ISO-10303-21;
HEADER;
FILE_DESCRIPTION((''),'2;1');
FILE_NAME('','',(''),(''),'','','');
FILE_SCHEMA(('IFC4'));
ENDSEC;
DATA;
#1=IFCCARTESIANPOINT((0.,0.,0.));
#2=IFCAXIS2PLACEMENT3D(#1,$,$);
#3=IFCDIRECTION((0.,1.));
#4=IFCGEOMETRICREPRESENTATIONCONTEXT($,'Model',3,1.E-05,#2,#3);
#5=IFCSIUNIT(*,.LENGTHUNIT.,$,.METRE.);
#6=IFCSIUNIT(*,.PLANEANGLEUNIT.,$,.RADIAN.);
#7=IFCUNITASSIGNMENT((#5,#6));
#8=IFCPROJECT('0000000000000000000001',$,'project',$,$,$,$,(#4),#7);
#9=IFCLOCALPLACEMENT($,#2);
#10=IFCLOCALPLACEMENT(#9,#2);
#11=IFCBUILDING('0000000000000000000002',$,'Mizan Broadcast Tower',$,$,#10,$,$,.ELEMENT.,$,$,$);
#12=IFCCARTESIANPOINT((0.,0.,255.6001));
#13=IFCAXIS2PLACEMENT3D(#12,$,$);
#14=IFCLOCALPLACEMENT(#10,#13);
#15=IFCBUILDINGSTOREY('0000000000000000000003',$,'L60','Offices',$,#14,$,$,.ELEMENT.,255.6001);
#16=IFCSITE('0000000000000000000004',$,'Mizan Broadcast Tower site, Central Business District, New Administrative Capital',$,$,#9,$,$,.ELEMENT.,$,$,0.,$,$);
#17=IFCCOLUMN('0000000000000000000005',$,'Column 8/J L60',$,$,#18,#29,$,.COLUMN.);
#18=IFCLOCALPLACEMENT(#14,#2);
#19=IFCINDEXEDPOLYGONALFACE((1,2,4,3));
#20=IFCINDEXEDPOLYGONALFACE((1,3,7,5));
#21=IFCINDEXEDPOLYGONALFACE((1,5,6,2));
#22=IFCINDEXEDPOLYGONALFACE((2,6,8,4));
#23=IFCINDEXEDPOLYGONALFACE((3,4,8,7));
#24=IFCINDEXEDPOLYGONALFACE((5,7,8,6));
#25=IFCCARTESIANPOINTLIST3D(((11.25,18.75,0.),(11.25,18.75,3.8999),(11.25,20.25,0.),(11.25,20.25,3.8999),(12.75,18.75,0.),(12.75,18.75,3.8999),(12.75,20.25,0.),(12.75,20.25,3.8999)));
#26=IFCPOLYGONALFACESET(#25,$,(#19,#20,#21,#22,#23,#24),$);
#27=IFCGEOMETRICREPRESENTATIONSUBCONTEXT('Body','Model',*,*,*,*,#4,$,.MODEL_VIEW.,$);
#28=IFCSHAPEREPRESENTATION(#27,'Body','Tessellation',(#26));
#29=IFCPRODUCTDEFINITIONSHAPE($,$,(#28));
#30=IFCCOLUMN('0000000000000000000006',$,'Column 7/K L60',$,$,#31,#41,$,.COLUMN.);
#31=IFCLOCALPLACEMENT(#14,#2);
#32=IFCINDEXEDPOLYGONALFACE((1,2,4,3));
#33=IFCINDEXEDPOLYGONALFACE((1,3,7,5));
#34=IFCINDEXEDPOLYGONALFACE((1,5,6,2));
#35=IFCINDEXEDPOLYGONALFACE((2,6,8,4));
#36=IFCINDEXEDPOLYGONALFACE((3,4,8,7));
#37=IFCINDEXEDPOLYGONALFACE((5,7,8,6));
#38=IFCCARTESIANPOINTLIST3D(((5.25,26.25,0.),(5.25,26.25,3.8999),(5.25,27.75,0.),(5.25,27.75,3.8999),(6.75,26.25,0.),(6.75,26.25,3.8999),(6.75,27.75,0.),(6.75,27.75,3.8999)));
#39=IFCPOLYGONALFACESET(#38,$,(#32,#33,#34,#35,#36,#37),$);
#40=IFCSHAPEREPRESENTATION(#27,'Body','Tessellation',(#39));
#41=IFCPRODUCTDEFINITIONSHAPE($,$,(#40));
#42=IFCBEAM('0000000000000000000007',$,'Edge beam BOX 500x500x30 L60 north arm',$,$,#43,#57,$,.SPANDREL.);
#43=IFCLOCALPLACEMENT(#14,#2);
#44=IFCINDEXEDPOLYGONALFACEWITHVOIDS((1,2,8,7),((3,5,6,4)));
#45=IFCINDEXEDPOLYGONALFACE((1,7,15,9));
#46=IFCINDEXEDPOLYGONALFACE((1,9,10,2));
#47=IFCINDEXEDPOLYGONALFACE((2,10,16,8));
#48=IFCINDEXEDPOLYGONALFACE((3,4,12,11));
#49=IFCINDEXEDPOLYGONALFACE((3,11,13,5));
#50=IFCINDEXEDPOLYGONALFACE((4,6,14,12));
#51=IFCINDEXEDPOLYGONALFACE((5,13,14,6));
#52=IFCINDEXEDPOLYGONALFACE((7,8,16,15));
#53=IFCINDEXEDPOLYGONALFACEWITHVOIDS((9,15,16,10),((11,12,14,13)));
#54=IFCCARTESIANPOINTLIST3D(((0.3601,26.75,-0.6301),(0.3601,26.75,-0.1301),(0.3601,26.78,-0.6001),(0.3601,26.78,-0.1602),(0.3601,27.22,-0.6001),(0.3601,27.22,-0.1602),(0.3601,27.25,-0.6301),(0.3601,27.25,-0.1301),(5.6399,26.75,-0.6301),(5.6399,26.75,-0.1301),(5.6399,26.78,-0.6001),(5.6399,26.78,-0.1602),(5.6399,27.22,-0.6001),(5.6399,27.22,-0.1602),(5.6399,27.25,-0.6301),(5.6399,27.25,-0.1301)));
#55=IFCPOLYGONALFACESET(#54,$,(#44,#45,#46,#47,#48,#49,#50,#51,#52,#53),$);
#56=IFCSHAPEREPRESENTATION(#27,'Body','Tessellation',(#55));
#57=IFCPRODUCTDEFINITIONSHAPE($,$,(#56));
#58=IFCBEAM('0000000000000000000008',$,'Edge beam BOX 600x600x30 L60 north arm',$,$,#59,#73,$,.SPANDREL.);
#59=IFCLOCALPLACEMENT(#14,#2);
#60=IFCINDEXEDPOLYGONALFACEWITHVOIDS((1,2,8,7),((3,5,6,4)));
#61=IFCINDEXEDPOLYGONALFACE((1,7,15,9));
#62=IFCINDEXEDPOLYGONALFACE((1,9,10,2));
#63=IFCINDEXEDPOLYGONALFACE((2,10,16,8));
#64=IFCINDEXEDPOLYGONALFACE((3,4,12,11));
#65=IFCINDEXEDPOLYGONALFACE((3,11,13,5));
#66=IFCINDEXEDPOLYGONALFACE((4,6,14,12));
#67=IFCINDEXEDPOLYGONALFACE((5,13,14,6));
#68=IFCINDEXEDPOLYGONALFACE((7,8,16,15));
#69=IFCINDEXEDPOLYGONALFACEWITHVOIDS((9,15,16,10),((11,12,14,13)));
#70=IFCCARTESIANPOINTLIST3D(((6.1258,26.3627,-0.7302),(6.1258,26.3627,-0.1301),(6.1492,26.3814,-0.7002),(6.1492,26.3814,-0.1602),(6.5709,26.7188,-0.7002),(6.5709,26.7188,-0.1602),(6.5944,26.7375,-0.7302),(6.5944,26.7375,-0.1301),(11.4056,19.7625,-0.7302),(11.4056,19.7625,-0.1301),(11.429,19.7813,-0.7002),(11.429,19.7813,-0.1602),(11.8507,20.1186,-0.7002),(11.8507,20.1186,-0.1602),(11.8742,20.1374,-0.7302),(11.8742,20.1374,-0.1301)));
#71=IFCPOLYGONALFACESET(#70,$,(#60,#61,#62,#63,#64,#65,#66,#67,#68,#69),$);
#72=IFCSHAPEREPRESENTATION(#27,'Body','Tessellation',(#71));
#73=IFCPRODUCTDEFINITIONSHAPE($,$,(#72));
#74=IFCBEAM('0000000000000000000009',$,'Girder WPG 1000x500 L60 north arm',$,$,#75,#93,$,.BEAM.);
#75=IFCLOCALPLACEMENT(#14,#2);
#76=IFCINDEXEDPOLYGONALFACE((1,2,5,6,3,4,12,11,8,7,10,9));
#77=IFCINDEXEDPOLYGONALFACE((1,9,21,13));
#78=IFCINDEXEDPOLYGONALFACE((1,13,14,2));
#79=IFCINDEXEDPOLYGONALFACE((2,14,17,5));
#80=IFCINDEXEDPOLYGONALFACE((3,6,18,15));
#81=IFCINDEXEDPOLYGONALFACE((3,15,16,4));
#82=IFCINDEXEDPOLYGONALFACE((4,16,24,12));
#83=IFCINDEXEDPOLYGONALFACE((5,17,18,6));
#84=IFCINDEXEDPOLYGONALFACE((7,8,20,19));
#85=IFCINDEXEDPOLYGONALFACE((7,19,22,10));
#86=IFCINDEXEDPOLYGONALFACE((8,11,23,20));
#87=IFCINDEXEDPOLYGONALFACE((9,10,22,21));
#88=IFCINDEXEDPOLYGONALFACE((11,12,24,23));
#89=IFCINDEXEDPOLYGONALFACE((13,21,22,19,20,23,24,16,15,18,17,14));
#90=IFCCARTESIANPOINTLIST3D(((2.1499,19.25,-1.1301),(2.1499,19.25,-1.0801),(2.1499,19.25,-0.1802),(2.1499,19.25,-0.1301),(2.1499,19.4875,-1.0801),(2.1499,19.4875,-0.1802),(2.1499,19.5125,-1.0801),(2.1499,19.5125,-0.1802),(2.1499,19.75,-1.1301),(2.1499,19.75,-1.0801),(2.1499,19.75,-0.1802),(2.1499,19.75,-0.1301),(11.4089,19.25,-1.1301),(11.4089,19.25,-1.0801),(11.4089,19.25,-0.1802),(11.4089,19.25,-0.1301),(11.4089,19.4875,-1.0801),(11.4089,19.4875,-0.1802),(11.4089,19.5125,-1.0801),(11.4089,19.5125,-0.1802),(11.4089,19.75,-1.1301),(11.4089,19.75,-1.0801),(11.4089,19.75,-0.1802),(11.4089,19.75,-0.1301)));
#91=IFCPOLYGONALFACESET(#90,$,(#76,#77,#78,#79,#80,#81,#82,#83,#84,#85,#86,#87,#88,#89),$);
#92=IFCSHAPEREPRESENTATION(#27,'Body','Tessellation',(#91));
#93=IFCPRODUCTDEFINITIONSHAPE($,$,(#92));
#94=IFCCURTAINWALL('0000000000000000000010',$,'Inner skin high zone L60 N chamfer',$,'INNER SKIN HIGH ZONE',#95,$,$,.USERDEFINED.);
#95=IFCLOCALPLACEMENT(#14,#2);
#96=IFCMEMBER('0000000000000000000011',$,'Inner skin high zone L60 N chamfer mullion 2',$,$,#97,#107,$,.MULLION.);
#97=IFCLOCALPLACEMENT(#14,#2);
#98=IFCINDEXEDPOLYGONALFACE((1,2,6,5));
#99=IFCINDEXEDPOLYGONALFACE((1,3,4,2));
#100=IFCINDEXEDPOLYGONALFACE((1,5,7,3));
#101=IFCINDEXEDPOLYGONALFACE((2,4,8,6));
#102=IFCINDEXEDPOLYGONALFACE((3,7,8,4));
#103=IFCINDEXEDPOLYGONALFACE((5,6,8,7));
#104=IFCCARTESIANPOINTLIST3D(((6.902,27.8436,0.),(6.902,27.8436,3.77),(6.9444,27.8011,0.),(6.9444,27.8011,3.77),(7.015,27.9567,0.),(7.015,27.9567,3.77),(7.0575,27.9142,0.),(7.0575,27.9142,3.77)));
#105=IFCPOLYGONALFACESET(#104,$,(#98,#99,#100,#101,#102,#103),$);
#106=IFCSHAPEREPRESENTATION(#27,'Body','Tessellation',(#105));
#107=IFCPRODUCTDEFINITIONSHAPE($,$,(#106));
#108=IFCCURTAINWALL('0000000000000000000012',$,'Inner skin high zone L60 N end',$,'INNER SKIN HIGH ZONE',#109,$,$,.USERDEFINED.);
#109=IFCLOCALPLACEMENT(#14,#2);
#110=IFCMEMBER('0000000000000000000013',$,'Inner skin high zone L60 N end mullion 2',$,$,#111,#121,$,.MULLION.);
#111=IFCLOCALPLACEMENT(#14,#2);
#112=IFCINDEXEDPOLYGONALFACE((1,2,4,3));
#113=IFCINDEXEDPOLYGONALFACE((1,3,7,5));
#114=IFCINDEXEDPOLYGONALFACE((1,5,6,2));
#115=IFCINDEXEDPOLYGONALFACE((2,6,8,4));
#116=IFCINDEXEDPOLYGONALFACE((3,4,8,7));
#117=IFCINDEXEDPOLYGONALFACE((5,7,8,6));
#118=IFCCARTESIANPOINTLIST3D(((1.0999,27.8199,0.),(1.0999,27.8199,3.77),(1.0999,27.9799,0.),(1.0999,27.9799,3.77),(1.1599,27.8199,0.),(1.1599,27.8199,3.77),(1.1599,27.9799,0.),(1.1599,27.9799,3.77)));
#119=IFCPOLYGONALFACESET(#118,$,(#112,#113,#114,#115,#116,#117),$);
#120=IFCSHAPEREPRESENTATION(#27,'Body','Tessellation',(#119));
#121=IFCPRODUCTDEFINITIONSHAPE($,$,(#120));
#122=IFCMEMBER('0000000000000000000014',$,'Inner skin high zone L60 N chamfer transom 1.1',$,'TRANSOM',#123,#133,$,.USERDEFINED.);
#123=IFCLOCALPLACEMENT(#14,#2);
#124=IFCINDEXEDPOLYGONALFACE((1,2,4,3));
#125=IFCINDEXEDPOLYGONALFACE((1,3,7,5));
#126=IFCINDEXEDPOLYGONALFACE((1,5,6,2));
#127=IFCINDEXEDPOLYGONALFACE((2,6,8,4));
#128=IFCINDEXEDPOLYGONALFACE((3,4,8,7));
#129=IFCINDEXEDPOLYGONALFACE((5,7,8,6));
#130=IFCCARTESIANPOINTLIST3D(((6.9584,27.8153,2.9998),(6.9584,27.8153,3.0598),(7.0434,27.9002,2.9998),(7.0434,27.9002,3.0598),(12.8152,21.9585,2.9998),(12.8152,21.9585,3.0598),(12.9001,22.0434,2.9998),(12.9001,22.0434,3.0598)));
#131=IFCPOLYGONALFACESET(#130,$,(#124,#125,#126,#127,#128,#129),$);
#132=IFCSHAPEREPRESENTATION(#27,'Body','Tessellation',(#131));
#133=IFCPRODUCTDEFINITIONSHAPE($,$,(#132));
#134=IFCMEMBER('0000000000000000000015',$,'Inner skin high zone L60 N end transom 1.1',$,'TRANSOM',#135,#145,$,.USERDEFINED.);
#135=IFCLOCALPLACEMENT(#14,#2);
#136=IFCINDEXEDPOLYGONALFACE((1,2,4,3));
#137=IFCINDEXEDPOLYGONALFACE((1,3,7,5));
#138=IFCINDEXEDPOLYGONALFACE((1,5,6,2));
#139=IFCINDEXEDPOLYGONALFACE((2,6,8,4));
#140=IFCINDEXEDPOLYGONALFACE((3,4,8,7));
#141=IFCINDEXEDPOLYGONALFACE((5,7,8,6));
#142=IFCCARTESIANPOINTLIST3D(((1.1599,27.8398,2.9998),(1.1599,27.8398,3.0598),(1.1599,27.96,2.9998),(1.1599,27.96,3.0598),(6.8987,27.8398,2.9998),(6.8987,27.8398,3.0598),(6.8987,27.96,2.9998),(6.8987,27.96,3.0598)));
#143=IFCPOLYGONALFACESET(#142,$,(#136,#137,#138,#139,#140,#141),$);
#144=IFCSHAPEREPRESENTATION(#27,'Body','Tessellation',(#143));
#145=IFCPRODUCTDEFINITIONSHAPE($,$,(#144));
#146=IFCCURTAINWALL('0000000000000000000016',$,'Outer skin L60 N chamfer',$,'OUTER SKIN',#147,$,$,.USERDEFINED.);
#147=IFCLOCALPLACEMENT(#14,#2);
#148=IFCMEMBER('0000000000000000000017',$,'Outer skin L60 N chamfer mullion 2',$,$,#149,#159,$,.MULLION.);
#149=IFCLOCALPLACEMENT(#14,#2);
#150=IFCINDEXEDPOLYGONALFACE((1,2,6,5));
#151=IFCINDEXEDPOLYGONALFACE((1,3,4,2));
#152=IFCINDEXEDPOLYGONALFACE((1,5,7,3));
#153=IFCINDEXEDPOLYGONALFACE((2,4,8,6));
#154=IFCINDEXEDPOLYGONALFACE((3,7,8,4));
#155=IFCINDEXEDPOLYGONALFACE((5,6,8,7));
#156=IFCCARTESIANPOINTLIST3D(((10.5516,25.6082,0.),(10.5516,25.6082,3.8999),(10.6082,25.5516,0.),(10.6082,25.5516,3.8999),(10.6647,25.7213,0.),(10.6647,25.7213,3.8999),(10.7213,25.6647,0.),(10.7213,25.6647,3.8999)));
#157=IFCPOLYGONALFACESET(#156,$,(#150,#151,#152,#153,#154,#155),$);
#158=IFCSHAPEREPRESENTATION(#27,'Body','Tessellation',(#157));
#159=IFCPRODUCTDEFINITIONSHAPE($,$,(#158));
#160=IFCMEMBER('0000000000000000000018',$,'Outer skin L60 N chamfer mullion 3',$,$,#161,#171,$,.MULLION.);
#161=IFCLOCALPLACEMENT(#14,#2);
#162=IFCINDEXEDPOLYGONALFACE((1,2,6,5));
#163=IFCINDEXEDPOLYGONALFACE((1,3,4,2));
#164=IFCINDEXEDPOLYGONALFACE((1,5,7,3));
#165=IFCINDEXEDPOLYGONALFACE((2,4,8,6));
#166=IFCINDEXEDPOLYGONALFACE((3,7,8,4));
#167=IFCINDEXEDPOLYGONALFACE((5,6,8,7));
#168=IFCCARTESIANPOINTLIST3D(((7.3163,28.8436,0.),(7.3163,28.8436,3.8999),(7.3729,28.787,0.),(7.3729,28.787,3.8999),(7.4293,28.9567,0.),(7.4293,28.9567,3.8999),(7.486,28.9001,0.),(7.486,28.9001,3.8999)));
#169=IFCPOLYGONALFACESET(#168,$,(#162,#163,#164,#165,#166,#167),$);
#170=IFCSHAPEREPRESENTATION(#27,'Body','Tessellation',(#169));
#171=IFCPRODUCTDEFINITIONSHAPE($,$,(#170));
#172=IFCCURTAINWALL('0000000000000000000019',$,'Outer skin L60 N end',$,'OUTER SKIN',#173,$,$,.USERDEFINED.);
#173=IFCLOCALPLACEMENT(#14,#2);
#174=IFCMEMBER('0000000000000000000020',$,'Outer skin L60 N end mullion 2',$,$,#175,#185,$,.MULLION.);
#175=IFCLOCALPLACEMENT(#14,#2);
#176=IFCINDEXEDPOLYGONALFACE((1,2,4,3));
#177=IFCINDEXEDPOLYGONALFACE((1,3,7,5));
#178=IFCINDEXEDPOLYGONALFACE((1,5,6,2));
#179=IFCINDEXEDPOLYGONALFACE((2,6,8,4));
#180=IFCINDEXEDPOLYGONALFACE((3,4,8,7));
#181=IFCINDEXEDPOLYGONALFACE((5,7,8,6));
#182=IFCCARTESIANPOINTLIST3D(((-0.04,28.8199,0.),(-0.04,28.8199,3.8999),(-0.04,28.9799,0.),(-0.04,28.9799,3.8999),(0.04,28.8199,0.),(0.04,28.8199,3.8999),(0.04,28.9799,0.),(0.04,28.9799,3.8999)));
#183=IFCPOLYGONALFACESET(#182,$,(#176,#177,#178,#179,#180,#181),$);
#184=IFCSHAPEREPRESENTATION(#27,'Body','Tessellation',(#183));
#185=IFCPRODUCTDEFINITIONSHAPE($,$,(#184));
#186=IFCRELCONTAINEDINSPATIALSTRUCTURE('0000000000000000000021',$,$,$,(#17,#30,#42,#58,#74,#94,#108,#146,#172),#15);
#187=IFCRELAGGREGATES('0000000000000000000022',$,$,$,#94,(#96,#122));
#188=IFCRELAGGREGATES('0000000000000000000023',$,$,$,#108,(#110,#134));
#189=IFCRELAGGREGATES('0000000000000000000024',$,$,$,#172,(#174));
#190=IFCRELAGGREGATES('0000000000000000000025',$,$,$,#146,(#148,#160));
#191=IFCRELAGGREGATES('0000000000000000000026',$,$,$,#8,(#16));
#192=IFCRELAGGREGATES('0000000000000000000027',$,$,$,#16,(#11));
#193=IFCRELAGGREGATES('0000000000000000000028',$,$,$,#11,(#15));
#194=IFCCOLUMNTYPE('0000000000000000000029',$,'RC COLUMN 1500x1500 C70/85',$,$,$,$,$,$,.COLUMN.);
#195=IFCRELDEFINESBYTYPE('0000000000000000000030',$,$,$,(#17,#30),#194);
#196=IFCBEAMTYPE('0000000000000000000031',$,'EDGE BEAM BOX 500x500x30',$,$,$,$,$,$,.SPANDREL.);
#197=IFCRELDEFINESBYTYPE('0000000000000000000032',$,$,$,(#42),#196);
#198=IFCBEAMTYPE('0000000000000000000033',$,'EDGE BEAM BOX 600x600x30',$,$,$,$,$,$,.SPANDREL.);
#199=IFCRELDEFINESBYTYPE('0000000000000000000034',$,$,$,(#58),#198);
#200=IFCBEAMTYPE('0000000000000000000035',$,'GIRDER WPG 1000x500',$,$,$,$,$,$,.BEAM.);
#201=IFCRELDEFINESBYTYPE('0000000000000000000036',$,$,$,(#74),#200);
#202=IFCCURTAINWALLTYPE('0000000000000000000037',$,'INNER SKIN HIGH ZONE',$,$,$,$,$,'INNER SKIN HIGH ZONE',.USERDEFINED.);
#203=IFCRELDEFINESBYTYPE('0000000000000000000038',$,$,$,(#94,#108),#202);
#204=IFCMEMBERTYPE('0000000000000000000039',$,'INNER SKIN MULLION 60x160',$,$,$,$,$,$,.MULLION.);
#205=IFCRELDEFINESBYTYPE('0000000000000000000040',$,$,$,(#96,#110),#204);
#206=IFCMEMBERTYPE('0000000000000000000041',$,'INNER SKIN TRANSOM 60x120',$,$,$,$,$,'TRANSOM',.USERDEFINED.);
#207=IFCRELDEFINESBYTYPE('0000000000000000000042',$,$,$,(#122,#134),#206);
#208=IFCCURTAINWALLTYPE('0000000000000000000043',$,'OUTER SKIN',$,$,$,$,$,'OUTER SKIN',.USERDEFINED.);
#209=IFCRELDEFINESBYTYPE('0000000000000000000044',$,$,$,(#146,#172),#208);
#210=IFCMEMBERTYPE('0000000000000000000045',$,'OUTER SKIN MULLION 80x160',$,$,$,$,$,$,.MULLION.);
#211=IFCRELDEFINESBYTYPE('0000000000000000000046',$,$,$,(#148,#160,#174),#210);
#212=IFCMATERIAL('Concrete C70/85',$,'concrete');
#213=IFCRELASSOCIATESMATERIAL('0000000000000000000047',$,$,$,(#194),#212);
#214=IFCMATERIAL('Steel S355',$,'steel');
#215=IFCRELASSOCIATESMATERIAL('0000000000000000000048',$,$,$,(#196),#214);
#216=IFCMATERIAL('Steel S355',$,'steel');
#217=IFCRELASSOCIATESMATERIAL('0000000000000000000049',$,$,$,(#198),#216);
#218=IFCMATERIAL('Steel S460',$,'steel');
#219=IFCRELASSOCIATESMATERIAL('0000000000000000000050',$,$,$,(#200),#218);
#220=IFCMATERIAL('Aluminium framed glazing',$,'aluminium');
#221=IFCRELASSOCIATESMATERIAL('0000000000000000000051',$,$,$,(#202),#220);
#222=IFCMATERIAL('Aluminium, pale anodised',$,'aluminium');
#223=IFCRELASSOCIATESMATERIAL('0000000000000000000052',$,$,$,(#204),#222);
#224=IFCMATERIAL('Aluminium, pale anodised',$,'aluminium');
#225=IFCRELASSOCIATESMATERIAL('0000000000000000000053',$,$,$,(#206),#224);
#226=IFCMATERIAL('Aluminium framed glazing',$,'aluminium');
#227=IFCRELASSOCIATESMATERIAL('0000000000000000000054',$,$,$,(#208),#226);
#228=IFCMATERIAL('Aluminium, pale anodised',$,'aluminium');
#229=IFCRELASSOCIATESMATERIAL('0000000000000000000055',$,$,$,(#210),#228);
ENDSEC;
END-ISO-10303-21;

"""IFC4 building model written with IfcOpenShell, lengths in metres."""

from ifc_helpers import new_model, si_unit, direction, frame, origin, origin_2d, place, context, subcontext, project, spatial, rectangle, hollow_rectangle, i_section, extrude, material, material_profile, profile_set, type_object, element, aggregate, save


model = new_model("IFC4")

# Units and contexts
model_context = context("Model", 3, precision=1e-05, world=origin(), true_north=direction((0.0, 1.0)))
body_context = subcontext(model_context, "Body", "Model", "MODEL_VIEW")
ifc_project = project(units=[si_unit("LENGTHUNIT", "METRE"), si_unit("PLANEANGLEUNIT", "RADIAN")], contexts=[model_context])

# Site, building, storey
site_placement = place(None, origin())
site = spatial("IfcSite", under=ifc_project, at=site_placement, Name="Mizan Broadcast Tower site, Central Business District, New Administrative Capital", CompositionType="ELEMENT", RefElevation=0.0)
building_placement = place(site_placement, origin())
building = spatial("IfcBuilding", under=site, at=building_placement, Name="Mizan Broadcast Tower", CompositionType="ELEMENT")
storey_placement = place(building_placement, frame((0.0, 0.0, 255.6001)))
storey = spatial("IfcBuildingStorey", under=building, at=storey_placement, Name="L60", Description="Offices", CompositionType="ELEMENT", Elevation=255.6001)

# Columns
ifc_material_1 = material(Name="Concrete C70/85", Category="concrete")
ifc_material_profile_1 = material_profile(ifc_material_1, rectangle(XDim=1.5, YDim=1.5, at=origin_2d()), Name="RC 1500x1500")
ifc_profile_set_1 = profile_set([ifc_material_profile_1], Name="Concrete C70/85")
column_type = type_object("IfcColumnType", Name="RC COLUMN 1500x1500 C70/85", PredefinedType="COLUMN", material=ifc_profile_set_1)
for number, where, z_axis, x_axis, name in (
    (1, (12.0, 19.5, 0.0), (0.0, 0.0, 1.0), (1.0, 0.0, 0.0), "Column 8/J L60"),
    (2, (6.0, 27.0, 0.0), (0.0, 0.0, 1.0), (1.0, 0.0, 0.0), "Column 7/K L60"),
):
    element("IfcColumn", number, at=place(storey_placement, frame(where, z_axis=z_axis, x_axis=x_axis)), inside=storey, type_object=column_type, Name=name, PredefinedType="COLUMN", context=body_context, shape_type="SweptSolid", body=[
        extrude(rectangle(XDim=1.5, YDim=1.5, at=origin_2d()), origin(), (0.0, 0.0, 1.0), 3.8999),
    ])

# Beams
ifc_material_2 = material(Name="Steel S355", Category="steel")
ifc_material_profile_2 = material_profile(ifc_material_2, hollow_rectangle(XDim=0.5, YDim=0.5, WallThickness=0.03, at=origin_2d()), Name="BOX 500x500x30")
ifc_profile_set_2 = profile_set([ifc_material_profile_2], Name="Steel S355")
beam_type_1 = type_object("IfcBeamType", Name="EDGE BEAM BOX 500x500x30", PredefinedType="SPANDREL", material=ifc_profile_set_2)
beam_1_placement = place(storey_placement, frame((5.6399, 27.0, -0.3801), z_axis=(-1.0, 0.0, 0.0), x_axis=(0.0, -1.0, 0.0)))
element("IfcBeam", 3, at=beam_1_placement, inside=storey, type_object=beam_type_1, Name="Edge beam BOX 500x500x30 L60 north arm", PredefinedType="SPANDREL", context=body_context, shape_type="SweptSolid", body=[
    extrude(hollow_rectangle(XDim=0.5, YDim=0.5, WallThickness=0.03, at=origin_2d()), origin(), (0.0, 0.0, 1.0), 5.2798),
])
ifc_material_3 = material(Name="Steel S355", Category="steel")
ifc_material_profile_3 = material_profile(ifc_material_3, hollow_rectangle(XDim=0.6001, YDim=0.6001, WallThickness=0.03, at=origin_2d()), Name="BOX 600x600x30")
ifc_profile_set_3 = profile_set([ifc_material_profile_3], Name="Steel S355")
beam_type_2 = type_object("IfcBeamType", Name="EDGE BEAM BOX 600x600x30", PredefinedType="SPANDREL", material=ifc_profile_set_3)
beam_2_placement = place(storey_placement, frame((11.6399, 19.95, -0.4302), z_axis=(-0.624674, 0.780886, 0.0), x_axis=(-0.780886, -0.624674, 0.0)))
element("IfcBeam", 4, at=beam_2_placement, inside=storey, type_object=beam_type_2, Name="Edge beam BOX 600x600x30 L60 north arm", PredefinedType="SPANDREL", context=body_context, shape_type="SweptSolid", body=[
    extrude(hollow_rectangle(XDim=0.6001, YDim=0.6001, WallThickness=0.03, at=origin_2d()), origin(), (0.0, 0.0, 1.0), 8.4521),
])
ifc_material_4 = material(Name="Steel S460", Category="steel")
ifc_material_profile_4 = material_profile(ifc_material_4, i_section(OverallWidth=0.5, OverallDepth=1.0, WebThickness=0.0249, FlangeThickness=0.05, at=origin_2d()), Name="WPG 1000x500")
ifc_profile_set_4 = profile_set([ifc_material_profile_4], Name="Steel S460")
beam_type_3 = type_object("IfcBeamType", Name="GIRDER WPG 1000x500", PredefinedType="BEAM", material=ifc_profile_set_4)
beam_3_placement = place(storey_placement, frame((11.4089, 19.5, -0.6301), z_axis=(-1.0, 0.0, 0.0), x_axis=(0.0, -1.0, 0.0)))
element("IfcBeam", 5, at=beam_3_placement, inside=storey, type_object=beam_type_3, Name="Girder WPG 1000x500 L60 north arm", PredefinedType="BEAM", context=body_context, shape_type="SweptSolid", body=[
    extrude(i_section(OverallWidth=0.5, OverallDepth=1.0, WebThickness=0.0249, FlangeThickness=0.05, at=origin_2d()), origin(), (0.0, 0.0, 1.0), 9.259),
])

# Curtain walls, members
ifc_material_5 = material(Name="Aluminium framed glazing", Category="aluminium")
curtain_wall_type_1 = type_object("IfcCurtainWallType", Name="INNER SKIN HIGH ZONE", ElementType="INNER SKIN HIGH ZONE", PredefinedType="USERDEFINED", material=ifc_material_5)
curtain_wall_1_placement = place(storey_placement, origin())
curtain_wall_1 = element("IfcCurtainWall", 6, at=curtain_wall_1_placement, inside=storey, type_object=curtain_wall_type_1, Name="Inner skin high zone L60 N chamfer", ObjectType="INNER SKIN HIGH ZONE", PredefinedType="USERDEFINED")
ifc_material_6 = material(Name="Aluminium, pale anodised", Category="aluminium")
ifc_material_profile_5 = material_profile(ifc_material_6, rectangle(XDim=0.1599, YDim=0.0601, at=origin_2d()), Name="MULLION 160x60")
ifc_profile_set_5 = profile_set([ifc_material_profile_5], Name="Aluminium, pale anodised")
member_type_1 = type_object("IfcMemberType", Name="INNER SKIN MULLION 60x160", PredefinedType="MULLION", material=ifc_profile_set_5)
member_1_placement = place(storey_placement, frame((6.9797, 27.8789, 0.0), z_axis=(0.0, 0.0, 1.0), x_axis=(-0.707107, -0.707107, 0.0)))
member_1 = element("IfcMember", 7, at=member_1_placement, type_object=member_type_1, Name="Inner skin high zone L60 N chamfer mullion 2", PredefinedType="MULLION", context=body_context, shape_type="SweptSolid", body=[
    extrude(rectangle(XDim=0.1599, YDim=0.0601, at=origin_2d()), origin(), (0.0, 0.0, 1.0), 3.77),
])
curtain_wall_2_placement = place(storey_placement, origin())
curtain_wall_2 = element("IfcCurtainWall", 8, at=curtain_wall_2_placement, inside=storey, type_object=curtain_wall_type_1, Name="Inner skin high zone L60 N end", ObjectType="INNER SKIN HIGH ZONE", PredefinedType="USERDEFINED")
member_2_placement = place(storey_placement, frame((1.1299, 27.8999, 0.0), z_axis=(0.0, 0.0, 1.0), x_axis=(0.0, -1.0, 0.0)))
member_2 = element("IfcMember", 9, at=member_2_placement, type_object=member_type_1, Name="Inner skin high zone L60 N end mullion 2", PredefinedType="MULLION", context=body_context, shape_type="SweptSolid", body=[
    extrude(rectangle(XDim=0.1599, YDim=0.0601, at=origin_2d()), origin(), (0.0, 0.0, 1.0), 3.77),
])

# Members
ifc_material_7 = material(Name="Aluminium, pale anodised", Category="aluminium")
ifc_material_profile_6 = material_profile(ifc_material_7, rectangle(XDim=0.1201, YDim=0.0601, at=origin_2d()), Name="TRANSOM 120x60")
ifc_profile_set_6 = profile_set([ifc_material_profile_6], Name="Aluminium, pale anodised")
member_type_2 = type_object("IfcMemberType", Name="INNER SKIN TRANSOM 60x120", ElementType="TRANSOM", PredefinedType="USERDEFINED", material=ifc_profile_set_6)
member_3_placement = place(storey_placement, frame((12.8577, 22.001, 3.0298), z_axis=(-0.707107, 0.707107, 0.0), x_axis=(-0.707107, -0.707107, 0.0)))
member_3 = element("IfcMember", 10, at=member_3_placement, type_object=member_type_2, Name="Inner skin high zone L60 N chamfer transom 1.1", ObjectType="TRANSOM", PredefinedType="USERDEFINED", context=body_context, shape_type="SweptSolid", body=[
    extrude(rectangle(XDim=0.1201, YDim=0.0601, at=origin_2d()), origin(), (0.0, 0.0, 1.0), 8.2827),
])
member_4_placement = place(storey_placement, frame((6.8987, 27.8999, 3.0298), z_axis=(-1.0, 0.0, 0.0), x_axis=(0.0, -1.0, 0.0)))
member_4 = element("IfcMember", 11, at=member_4_placement, type_object=member_type_2, Name="Inner skin high zone L60 N end transom 1.1", ObjectType="TRANSOM", PredefinedType="USERDEFINED", context=body_context, shape_type="SweptSolid", body=[
    extrude(rectangle(XDim=0.1201, YDim=0.0601, at=origin_2d()), origin(), (0.0, 0.0, 1.0), 5.7388),
])

# Curtain wall, members
ifc_material_8 = material(Name="Aluminium framed glazing", Category="aluminium")
curtain_wall_type_2 = type_object("IfcCurtainWallType", Name="OUTER SKIN", ElementType="OUTER SKIN", PredefinedType="USERDEFINED", material=ifc_material_8)
curtain_wall_3_placement = place(storey_placement, origin())
curtain_wall_3 = element("IfcCurtainWall", 12, at=curtain_wall_3_placement, inside=storey, type_object=curtain_wall_type_2, Name="Outer skin L60 N chamfer", ObjectType="OUTER SKIN", PredefinedType="USERDEFINED")
ifc_material_9 = material(Name="Aluminium, pale anodised", Category="aluminium")
ifc_material_profile_7 = material_profile(ifc_material_9, rectangle(XDim=0.1599, YDim=0.0801, at=origin_2d()), Name="MULLION 160x80")
ifc_profile_set_7 = profile_set([ifc_material_profile_7], Name="Aluminium, pale anodised")
member_type_3 = type_object("IfcMemberType", Name="OUTER SKIN MULLION 80x160", PredefinedType="MULLION", material=ifc_profile_set_7)
member_5_placement = place(storey_placement, frame((10.6365, 25.6365, 0.0), z_axis=(0.0, 0.0, 1.0), x_axis=(-0.707107, -0.707107, 0.0)))
member_5 = element("IfcMember", 13, at=member_5_placement, type_object=member_type_3, Name="Outer skin L60 N chamfer mullion 2", PredefinedType="MULLION", context=body_context, shape_type="SweptSolid", body=[
    extrude(rectangle(XDim=0.1599, YDim=0.0801, at=origin_2d()), origin(), (0.0, 0.0, 1.0), 3.8999),
])
member_6_placement = place(storey_placement, frame((7.4011, 28.8718, 0.0), z_axis=(0.0, 0.0, 1.0), x_axis=(-0.707107, -0.707107, 0.0)))
member_6 = element("IfcMember", 14, at=member_6_placement, type_object=member_type_3, Name="Outer skin L60 N chamfer mullion 3", PredefinedType="MULLION", context=body_context, shape_type="SweptSolid", body=[
    extrude(rectangle(XDim=0.1599, YDim=0.0801, at=origin_2d()), origin(), (0.0, 0.0, 1.0), 3.8999),
])

# Curtain wall, member
curtain_wall_4_placement = place(storey_placement, origin())
curtain_wall_4 = element("IfcCurtainWall", 15, at=curtain_wall_4_placement, inside=storey, type_object=curtain_wall_type_2, Name="Outer skin L60 N end", ObjectType="OUTER SKIN", PredefinedType="USERDEFINED")
member_7_placement = place(storey_placement, frame((0.0, 28.8999, 0.0), z_axis=(0.0, 0.0, 1.0), x_axis=(0.0, -1.0, 0.0)))
member_7 = element("IfcMember", 16, at=member_7_placement, type_object=member_type_3, Name="Outer skin L60 N end mullion 2", PredefinedType="MULLION", context=body_context, shape_type="SweptSolid", body=[
    extrude(rectangle(XDim=0.1599, YDim=0.0801, at=origin_2d()), origin(), (0.0, 0.0, 1.0), 3.8999),
])

aggregate(curtain_wall_1, [member_1, member_3])
aggregate(curtain_wall_2, [member_2, member_4])
aggregate(curtain_wall_4, [member_7])
aggregate(curtain_wall_3, [member_5, member_6])

save(model, "model.ifc")
